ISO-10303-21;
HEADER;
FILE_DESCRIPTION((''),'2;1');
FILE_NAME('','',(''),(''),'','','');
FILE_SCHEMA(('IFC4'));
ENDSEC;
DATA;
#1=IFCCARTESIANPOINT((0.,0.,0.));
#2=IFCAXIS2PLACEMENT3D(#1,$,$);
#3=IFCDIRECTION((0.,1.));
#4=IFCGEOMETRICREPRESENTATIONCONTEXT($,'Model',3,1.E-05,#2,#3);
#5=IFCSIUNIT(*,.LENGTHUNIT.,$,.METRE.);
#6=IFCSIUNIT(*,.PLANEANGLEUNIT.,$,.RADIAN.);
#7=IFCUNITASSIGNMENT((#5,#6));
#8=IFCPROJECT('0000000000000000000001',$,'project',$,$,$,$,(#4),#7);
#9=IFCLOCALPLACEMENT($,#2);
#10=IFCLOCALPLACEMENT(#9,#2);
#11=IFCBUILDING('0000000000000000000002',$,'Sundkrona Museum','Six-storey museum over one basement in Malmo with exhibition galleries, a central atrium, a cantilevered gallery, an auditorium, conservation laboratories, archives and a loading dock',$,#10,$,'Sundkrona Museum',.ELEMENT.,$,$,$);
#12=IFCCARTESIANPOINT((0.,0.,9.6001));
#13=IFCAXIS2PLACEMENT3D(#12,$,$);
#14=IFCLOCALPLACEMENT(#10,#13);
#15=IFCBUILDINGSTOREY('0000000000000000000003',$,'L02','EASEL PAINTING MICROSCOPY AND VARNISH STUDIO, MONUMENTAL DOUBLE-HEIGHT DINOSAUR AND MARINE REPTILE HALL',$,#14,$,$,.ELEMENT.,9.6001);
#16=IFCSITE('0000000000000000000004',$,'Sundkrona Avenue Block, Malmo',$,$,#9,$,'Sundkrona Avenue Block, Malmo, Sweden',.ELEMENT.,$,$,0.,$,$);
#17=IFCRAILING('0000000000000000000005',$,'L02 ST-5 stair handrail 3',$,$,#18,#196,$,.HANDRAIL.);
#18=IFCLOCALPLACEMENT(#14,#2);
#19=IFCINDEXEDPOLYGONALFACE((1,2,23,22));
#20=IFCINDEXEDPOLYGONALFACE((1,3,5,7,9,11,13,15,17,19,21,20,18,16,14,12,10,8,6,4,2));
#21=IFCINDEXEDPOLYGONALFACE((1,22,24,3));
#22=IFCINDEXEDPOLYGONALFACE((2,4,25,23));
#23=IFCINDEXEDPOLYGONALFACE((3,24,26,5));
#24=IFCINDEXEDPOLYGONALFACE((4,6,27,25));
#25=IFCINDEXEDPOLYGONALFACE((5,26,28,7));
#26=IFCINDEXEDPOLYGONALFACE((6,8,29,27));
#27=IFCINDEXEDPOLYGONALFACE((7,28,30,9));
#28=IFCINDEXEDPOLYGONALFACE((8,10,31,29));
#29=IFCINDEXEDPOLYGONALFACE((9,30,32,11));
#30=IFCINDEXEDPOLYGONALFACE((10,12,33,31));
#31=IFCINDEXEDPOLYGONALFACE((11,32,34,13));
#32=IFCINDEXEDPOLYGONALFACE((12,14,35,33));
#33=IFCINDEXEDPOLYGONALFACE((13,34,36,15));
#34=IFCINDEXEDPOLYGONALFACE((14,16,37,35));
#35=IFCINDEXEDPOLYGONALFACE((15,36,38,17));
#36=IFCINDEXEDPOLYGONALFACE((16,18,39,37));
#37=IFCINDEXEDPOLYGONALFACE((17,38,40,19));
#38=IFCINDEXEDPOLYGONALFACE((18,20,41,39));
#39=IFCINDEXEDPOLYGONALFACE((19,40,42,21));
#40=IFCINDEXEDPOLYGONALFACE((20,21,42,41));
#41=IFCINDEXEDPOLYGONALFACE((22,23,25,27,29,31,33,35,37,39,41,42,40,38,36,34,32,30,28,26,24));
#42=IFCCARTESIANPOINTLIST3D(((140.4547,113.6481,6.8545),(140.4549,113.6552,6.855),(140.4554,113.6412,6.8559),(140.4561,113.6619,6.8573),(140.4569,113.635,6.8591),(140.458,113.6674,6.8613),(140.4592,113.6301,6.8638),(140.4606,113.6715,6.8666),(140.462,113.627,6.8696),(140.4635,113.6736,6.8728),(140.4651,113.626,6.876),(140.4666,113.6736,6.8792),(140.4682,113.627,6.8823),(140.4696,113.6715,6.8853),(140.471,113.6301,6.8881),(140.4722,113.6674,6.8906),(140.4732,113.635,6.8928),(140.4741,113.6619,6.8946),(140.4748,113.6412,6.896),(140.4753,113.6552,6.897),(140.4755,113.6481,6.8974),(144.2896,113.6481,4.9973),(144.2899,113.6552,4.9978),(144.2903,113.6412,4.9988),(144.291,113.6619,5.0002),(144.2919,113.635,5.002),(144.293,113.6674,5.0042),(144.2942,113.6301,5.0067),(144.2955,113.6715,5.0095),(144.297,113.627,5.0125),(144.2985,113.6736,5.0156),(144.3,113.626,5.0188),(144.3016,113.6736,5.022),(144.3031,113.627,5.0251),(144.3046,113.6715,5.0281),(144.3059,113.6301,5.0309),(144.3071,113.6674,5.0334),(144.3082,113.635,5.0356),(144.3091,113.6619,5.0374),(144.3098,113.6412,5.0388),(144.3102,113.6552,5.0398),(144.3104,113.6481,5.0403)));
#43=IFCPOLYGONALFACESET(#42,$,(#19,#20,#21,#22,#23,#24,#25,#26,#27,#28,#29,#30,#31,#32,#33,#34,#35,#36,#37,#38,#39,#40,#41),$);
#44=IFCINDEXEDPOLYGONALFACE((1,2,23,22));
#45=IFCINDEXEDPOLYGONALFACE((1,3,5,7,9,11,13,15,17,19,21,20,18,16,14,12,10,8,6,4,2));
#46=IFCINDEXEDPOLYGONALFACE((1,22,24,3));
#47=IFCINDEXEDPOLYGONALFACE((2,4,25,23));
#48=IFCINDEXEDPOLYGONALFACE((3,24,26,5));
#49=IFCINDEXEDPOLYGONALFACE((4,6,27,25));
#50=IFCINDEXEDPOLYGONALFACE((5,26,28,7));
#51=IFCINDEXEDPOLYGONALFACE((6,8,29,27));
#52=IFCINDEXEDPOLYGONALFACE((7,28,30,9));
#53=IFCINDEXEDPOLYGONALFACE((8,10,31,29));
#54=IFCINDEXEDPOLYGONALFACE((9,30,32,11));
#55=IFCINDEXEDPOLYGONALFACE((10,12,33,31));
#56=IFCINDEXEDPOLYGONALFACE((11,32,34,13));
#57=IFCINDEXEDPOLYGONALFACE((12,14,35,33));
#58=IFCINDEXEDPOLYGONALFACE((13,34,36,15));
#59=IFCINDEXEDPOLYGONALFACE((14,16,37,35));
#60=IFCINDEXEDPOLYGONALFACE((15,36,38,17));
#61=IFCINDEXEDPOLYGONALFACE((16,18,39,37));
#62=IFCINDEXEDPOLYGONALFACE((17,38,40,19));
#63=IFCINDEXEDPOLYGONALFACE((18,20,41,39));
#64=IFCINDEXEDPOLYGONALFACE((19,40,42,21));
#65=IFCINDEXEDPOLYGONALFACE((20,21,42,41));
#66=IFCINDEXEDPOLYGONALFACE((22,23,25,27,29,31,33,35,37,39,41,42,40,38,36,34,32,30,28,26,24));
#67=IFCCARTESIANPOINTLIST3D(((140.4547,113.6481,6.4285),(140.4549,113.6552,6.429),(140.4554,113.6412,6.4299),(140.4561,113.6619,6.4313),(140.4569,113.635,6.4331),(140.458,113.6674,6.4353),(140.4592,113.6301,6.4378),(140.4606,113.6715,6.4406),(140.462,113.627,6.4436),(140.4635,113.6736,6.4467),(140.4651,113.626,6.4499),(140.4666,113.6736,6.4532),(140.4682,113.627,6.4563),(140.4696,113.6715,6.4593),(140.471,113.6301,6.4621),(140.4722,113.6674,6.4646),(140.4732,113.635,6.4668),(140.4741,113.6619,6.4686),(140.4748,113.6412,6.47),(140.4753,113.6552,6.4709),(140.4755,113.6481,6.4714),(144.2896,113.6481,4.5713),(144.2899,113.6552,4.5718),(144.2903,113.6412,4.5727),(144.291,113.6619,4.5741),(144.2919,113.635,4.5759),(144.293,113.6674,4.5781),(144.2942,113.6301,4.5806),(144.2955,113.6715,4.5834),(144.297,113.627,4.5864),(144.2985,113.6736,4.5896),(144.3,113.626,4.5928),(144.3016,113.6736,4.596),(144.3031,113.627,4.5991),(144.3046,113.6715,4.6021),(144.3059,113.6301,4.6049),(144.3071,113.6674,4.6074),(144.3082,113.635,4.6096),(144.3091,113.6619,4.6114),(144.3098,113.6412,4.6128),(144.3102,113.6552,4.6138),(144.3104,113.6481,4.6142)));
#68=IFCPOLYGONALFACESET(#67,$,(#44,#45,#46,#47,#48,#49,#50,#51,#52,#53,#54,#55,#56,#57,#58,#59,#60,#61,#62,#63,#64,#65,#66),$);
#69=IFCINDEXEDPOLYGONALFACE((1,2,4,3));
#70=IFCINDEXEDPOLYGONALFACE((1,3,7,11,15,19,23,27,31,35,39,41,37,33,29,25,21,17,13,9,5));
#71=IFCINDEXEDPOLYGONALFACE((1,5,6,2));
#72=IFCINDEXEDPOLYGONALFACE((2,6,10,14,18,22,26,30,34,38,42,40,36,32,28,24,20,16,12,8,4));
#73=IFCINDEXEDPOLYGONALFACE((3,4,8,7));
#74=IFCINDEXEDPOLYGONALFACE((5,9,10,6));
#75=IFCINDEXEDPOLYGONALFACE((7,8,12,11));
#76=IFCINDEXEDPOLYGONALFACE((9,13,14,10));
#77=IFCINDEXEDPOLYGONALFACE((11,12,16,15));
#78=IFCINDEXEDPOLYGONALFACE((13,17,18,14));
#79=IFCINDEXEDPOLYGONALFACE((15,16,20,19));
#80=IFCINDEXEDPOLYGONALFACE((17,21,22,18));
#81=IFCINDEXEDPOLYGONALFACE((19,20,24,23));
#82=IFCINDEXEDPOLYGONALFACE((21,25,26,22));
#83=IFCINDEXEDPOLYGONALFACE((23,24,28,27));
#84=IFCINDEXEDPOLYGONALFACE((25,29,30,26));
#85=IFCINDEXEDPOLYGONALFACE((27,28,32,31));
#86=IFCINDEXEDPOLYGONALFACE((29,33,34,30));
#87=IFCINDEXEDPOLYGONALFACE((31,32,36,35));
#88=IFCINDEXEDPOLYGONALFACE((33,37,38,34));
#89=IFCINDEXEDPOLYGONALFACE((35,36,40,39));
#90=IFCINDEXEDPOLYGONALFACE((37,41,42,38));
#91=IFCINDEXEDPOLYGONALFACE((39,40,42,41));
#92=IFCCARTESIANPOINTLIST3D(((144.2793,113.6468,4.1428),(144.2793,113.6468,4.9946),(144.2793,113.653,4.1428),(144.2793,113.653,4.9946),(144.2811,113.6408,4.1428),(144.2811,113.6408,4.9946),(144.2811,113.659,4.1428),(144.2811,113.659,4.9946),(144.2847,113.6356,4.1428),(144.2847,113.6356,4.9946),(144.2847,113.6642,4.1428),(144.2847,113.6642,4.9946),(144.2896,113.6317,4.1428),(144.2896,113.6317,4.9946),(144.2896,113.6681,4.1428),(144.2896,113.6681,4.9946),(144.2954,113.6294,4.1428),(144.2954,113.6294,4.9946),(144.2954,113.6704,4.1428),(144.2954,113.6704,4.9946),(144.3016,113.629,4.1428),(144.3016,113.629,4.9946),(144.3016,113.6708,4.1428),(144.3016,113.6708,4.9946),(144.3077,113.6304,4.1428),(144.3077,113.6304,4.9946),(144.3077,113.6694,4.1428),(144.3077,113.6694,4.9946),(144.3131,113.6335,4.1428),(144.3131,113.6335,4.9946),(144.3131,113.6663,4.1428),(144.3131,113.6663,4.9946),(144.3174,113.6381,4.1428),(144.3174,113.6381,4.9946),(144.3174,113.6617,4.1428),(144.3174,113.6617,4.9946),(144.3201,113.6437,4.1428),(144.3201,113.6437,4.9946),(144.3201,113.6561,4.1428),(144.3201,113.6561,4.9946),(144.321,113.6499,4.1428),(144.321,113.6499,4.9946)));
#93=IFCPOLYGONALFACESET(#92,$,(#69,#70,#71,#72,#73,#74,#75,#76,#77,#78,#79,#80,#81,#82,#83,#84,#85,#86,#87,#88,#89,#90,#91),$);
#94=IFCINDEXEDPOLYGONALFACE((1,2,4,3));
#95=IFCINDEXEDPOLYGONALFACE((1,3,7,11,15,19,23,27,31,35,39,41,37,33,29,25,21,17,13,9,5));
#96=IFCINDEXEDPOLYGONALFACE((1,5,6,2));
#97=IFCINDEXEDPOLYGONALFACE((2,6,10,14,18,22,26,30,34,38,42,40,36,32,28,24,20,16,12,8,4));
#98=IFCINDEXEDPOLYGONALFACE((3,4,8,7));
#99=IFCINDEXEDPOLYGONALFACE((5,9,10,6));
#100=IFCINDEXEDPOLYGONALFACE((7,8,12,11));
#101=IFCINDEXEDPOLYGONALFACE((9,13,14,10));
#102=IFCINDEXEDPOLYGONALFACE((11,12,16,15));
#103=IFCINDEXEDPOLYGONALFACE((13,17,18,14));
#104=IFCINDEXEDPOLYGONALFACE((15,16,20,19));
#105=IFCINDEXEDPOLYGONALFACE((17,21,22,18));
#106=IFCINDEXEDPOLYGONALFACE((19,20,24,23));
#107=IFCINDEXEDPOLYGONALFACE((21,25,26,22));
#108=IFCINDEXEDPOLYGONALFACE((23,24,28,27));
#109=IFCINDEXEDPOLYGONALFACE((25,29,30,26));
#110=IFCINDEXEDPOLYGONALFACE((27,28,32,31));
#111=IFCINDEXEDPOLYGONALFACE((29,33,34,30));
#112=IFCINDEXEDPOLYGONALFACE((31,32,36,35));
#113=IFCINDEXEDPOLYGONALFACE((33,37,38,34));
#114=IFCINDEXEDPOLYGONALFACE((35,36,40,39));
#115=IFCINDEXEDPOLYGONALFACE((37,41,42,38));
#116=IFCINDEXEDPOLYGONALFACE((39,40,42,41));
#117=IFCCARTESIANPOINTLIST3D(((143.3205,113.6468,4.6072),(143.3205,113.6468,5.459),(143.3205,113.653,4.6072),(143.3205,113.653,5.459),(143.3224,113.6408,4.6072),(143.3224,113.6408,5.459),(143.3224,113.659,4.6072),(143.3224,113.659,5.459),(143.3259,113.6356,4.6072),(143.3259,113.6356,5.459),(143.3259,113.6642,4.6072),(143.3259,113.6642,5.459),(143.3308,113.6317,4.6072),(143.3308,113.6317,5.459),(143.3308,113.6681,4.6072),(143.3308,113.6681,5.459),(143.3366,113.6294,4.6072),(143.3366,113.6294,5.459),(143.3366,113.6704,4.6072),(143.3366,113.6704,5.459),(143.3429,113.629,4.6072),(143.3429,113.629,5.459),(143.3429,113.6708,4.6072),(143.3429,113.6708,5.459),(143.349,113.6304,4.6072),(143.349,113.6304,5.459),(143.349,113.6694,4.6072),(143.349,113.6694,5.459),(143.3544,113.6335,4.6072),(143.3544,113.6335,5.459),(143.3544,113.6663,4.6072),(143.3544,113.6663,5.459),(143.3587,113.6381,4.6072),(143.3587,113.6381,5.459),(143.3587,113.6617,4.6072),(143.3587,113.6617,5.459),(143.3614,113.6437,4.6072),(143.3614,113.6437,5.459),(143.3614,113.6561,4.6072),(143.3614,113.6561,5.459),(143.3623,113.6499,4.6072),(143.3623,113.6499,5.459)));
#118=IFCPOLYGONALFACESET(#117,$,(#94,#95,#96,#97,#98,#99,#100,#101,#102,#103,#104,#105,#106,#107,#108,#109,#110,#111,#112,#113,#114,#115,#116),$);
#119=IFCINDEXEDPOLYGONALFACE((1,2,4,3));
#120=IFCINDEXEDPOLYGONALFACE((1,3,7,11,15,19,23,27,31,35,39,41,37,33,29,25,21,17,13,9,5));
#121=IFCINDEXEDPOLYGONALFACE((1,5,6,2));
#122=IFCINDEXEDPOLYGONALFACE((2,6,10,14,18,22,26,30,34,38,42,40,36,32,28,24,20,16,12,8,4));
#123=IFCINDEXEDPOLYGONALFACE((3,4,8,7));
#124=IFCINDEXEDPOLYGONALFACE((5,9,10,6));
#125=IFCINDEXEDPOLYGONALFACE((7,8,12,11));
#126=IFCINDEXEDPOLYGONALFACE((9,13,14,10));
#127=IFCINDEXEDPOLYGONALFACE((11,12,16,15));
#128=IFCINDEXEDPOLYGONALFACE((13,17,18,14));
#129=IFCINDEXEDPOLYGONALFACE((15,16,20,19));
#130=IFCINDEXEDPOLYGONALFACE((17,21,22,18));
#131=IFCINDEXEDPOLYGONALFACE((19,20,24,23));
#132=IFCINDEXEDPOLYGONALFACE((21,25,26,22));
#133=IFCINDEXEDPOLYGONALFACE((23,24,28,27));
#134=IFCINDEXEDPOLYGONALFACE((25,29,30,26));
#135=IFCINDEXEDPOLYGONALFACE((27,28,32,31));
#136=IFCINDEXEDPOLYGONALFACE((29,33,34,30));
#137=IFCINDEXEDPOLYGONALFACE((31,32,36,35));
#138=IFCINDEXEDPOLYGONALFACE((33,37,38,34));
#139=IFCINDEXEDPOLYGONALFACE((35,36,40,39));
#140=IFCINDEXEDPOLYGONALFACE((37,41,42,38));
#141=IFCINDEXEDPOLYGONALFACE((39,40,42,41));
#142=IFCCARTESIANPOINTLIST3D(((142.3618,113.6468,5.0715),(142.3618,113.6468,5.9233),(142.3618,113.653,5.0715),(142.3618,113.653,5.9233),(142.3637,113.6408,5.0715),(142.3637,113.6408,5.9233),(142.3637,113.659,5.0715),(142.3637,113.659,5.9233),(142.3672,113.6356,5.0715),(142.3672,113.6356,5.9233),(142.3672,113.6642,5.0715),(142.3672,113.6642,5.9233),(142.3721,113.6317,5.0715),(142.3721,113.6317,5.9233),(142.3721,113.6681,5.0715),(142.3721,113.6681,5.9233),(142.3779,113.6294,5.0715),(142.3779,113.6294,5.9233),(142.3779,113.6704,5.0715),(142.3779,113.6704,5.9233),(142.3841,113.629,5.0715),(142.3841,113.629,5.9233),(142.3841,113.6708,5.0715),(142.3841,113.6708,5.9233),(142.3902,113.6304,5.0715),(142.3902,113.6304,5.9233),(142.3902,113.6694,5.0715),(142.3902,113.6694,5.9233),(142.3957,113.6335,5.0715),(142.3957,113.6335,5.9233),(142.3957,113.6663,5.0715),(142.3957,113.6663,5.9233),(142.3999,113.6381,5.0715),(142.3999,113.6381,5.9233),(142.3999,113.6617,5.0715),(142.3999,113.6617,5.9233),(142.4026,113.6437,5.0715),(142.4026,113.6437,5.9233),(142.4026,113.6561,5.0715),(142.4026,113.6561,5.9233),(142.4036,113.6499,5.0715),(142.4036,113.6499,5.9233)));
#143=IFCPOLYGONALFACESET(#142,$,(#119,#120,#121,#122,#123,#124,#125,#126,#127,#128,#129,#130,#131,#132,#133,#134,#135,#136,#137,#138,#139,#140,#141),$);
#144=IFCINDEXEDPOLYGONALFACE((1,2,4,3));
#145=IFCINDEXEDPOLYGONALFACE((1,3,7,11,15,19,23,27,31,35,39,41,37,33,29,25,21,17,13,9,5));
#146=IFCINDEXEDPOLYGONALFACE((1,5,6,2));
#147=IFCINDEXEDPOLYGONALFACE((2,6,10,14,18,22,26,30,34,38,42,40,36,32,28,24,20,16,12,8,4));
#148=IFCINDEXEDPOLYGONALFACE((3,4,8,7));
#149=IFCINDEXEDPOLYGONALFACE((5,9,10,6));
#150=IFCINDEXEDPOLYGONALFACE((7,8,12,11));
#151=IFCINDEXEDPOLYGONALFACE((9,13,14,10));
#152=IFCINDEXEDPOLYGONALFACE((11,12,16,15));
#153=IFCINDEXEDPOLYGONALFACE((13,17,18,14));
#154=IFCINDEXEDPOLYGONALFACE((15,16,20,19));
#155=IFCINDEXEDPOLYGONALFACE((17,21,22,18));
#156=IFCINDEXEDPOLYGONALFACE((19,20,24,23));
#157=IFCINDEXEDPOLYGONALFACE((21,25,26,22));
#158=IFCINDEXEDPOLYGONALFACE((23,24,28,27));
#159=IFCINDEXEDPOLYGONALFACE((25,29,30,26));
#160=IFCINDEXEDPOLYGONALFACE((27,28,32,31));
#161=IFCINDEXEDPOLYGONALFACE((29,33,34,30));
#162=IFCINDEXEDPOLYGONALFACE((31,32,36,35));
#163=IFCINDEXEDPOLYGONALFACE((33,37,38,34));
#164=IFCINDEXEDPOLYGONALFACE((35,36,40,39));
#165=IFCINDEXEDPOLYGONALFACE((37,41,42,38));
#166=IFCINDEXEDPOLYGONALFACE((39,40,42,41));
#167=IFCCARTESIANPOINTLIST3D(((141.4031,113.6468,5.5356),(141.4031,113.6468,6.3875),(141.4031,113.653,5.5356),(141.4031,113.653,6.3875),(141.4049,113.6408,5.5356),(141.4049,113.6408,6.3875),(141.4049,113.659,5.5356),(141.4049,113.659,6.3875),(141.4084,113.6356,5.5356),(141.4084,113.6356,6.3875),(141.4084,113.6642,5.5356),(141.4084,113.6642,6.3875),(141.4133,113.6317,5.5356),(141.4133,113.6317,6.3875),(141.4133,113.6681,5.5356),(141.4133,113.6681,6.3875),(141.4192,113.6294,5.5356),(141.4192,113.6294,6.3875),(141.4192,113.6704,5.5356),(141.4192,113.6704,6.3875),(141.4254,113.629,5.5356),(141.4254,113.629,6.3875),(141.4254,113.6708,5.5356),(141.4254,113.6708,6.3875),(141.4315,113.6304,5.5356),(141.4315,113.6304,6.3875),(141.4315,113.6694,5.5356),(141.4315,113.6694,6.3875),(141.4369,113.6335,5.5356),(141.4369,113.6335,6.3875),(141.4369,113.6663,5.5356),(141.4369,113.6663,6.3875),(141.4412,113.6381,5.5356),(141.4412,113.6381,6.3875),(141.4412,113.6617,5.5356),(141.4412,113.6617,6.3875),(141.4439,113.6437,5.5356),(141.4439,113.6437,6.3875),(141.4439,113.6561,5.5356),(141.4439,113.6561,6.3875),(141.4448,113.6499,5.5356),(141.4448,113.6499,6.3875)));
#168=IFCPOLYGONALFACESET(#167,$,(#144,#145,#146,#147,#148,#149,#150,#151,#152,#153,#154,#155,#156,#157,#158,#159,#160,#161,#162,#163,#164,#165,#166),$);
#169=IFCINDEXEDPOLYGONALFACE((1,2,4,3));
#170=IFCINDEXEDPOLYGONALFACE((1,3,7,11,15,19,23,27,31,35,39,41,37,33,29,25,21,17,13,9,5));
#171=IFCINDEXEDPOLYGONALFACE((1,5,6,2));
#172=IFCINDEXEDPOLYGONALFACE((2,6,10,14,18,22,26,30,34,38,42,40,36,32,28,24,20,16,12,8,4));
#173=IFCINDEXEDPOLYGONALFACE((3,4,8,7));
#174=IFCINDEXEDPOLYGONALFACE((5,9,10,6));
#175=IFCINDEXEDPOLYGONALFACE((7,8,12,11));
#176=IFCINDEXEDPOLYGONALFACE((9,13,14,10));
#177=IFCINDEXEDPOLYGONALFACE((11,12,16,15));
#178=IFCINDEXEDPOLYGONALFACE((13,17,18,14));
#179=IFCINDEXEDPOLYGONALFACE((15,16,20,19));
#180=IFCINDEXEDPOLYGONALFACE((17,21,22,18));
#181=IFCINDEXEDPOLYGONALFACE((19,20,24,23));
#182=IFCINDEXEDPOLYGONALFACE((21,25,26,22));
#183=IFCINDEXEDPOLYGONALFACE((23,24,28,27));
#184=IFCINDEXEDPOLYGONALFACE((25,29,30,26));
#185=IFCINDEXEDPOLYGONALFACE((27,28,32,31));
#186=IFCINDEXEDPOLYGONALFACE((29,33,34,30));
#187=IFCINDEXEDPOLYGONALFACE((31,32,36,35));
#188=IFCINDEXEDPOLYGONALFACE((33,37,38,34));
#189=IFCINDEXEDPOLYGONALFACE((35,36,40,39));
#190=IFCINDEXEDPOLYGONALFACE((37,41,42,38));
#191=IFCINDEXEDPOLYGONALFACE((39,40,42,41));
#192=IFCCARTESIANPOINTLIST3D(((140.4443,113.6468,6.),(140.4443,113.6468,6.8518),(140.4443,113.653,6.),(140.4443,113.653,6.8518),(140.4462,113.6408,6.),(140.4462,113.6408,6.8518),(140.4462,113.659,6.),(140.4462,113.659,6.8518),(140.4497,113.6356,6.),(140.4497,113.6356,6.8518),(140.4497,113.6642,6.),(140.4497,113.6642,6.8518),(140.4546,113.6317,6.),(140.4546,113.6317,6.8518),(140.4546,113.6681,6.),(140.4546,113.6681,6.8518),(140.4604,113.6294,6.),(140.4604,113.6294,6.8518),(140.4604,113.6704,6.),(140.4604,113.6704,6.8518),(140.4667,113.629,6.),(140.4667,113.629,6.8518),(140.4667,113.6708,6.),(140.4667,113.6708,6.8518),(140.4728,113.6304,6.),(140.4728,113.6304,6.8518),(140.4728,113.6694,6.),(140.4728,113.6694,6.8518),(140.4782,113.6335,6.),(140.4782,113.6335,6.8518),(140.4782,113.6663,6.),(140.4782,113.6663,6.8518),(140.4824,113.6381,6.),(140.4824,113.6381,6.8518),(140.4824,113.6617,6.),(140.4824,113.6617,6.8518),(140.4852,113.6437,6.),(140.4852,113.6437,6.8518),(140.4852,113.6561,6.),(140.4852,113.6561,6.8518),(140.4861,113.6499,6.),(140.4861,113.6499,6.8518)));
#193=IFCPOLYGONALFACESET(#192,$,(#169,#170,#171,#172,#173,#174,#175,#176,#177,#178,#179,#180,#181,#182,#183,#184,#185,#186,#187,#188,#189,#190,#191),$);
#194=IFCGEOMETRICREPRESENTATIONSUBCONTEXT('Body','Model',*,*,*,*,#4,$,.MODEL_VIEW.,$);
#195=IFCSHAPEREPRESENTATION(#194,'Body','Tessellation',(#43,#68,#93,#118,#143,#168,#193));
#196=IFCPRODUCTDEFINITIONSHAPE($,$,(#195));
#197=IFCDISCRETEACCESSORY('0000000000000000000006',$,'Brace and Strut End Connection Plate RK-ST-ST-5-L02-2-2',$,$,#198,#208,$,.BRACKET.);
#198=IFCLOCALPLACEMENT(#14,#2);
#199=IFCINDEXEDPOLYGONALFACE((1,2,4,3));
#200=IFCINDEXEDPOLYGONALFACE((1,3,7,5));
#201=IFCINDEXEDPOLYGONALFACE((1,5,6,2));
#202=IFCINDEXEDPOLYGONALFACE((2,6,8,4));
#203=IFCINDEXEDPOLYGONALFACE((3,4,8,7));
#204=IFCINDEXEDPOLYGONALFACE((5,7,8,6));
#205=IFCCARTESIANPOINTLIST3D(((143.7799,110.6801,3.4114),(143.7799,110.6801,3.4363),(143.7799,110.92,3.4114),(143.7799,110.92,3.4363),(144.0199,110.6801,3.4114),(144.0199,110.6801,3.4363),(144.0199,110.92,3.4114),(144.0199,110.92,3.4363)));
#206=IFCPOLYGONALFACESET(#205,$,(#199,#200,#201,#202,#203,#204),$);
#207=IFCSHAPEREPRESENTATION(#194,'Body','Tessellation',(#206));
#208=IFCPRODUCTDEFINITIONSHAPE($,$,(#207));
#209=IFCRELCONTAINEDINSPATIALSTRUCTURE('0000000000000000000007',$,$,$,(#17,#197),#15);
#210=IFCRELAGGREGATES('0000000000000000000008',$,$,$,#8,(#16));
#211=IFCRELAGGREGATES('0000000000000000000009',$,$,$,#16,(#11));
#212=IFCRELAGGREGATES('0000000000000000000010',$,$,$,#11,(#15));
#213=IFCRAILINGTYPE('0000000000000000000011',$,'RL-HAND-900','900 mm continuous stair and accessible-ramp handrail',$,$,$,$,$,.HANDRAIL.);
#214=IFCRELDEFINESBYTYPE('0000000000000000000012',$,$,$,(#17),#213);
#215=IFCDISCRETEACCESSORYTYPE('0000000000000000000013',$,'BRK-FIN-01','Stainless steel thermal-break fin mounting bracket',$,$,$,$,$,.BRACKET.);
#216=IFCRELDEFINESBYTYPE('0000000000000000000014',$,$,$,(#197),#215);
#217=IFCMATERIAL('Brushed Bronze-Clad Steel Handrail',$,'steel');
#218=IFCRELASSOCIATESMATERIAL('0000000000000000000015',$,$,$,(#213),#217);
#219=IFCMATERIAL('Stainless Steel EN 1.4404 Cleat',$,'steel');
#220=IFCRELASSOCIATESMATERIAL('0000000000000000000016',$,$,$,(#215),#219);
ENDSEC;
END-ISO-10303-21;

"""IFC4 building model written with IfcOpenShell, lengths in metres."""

from ifc_helpers import new_model, si_unit, direction, frame, origin, origin_2d, place, context, subcontext, project, spatial, rectangle, circle, extrude, material, type_object, element, save


model = new_model("IFC4")

# Units and contexts
model_context = context("Model", 3, precision=1e-05, world=origin(), true_north=direction((0.0, 1.0)))
body_context = subcontext(model_context, "Body", "Model", "MODEL_VIEW")
ifc_project = project(units=[si_unit("LENGTHUNIT", "METRE"), si_unit("PLANEANGLEUNIT", "RADIAN")], contexts=[model_context])

# Site, building, storey
site_placement = place(None, origin())
site = spatial("IfcSite", under=ifc_project, at=site_placement, Name="Sundkrona Avenue Block, Malmo", LongName="Sundkrona Avenue Block, Malmo, Sweden", CompositionType="ELEMENT", RefElevation=0.0)
building_placement = place(site_placement, origin())
building = spatial("IfcBuilding", under=site, at=building_placement, Name="Sundkrona Museum", Description="Six-storey museum over one basement in Malmo with exhibition galleries, a central atrium, a cantilevered gallery, an auditorium, conservation laboratories, archives and a loading dock", LongName="Sundkrona Museum", CompositionType="ELEMENT")
storey_placement = place(building_placement, frame((0.0, 0.0, 9.6001)))
storey = spatial("IfcBuildingStorey", under=building, at=storey_placement, Name="L02", Description="EASEL PAINTING MICROSCOPY AND VARNISH STUDIO, MONUMENTAL DOUBLE-HEIGHT DINOSAUR AND MARINE REPTILE HALL", CompositionType="ELEMENT", Elevation=9.6001)

# Railing
ifc_material_1 = material(Name="Brushed Bronze-Clad Steel Handrail", Category="steel")
railing_type_1 = type_object("IfcRailingType", Name="RL-HAND-900", Description="900 mm continuous stair and accessible-ramp handrail", PredefinedType="HANDRAIL", material=ifc_material_1)
for number, where, name in (
    (1, (144.3, 113.6499, 4.1428), "L02 ST-5 stair handrail 3"),
):
    element("IfcRailing", number, at=place(storey_placement, frame(where)), inside=storey, type_object=railing_type_1, Name=name, PredefinedType="HANDRAIL", context=body_context, shape_type="SweptSolid", body=[
        extrude(circle(Radius=0.0239, at=origin_2d()), frame((0.0, 0.0, 0.876), z_axis=(-0.900016, 0.0, 0.435856), x_axis=(0.0, -1.0, 0.0)), (0.0, 0.0, 1.0), 4.261),
        extrude(circle(Radius=0.0239, at=origin_2d()), frame((0.0, 0.0, 0.45), z_axis=(-0.900016, 0.0, 0.435856), x_axis=(0.0, -1.0, 0.0)), (0.0, 0.0, 1.0), 4.261),
        extrude(circle(Radius=0.021, at=origin_2d()), origin(), (0.0, 0.0, 1.0), 0.8518),
        extrude(circle(Radius=0.021, at=origin_2d()), frame((-0.9587, 0.0, 0.4644)), (0.0, 0.0, 1.0), 0.8518),
        extrude(circle(Radius=0.021, at=origin_2d()), frame((-1.9175, 0.0, 0.9287)), (0.0, 0.0, 1.0), 0.8518),
        extrude(circle(Radius=0.021, at=origin_2d()), frame((-2.8762, 0.0, 1.3928)), (0.0, 0.0, 1.0), 0.8518),
        extrude(circle(Radius=0.021, at=origin_2d()), frame((-3.835, 0.0, 1.8572)), (0.0, 0.0, 1.0), 0.8518),
    ])

# Discrete accessory
ifc_material_2 = material(Name="Stainless Steel EN 1.4404 Cleat", Category="steel")
discrete_accessory_type = type_object("IfcDiscreteAccessoryType", Name="BRK-FIN-01", Description="Stainless steel thermal-break fin mounting bracket", PredefinedType="BRACKET", material=ifc_material_2)
for number, where, z_axis, x_axis, name in (
    (2, (143.8999, 110.8, 3.4114), (0.0, 0.0, 1.0), (1.0, 0.0, 0.0), "Brace and Strut End Connection Plate RK-ST-ST-5-L02-2-2"),
):
    element("IfcDiscreteAccessory", number, at=place(storey_placement, frame(where, z_axis=z_axis, x_axis=x_axis)), inside=storey, type_object=discrete_accessory_type, Name=name, PredefinedType="BRACKET", context=body_context, shape_type="SweptSolid", body=[
        extrude(rectangle(XDim=0.24, YDim=0.24, at=origin_2d()), origin(), (0.0, 0.0, 1.0), 0.0249),
    ])

save(model, "model.ifc")
